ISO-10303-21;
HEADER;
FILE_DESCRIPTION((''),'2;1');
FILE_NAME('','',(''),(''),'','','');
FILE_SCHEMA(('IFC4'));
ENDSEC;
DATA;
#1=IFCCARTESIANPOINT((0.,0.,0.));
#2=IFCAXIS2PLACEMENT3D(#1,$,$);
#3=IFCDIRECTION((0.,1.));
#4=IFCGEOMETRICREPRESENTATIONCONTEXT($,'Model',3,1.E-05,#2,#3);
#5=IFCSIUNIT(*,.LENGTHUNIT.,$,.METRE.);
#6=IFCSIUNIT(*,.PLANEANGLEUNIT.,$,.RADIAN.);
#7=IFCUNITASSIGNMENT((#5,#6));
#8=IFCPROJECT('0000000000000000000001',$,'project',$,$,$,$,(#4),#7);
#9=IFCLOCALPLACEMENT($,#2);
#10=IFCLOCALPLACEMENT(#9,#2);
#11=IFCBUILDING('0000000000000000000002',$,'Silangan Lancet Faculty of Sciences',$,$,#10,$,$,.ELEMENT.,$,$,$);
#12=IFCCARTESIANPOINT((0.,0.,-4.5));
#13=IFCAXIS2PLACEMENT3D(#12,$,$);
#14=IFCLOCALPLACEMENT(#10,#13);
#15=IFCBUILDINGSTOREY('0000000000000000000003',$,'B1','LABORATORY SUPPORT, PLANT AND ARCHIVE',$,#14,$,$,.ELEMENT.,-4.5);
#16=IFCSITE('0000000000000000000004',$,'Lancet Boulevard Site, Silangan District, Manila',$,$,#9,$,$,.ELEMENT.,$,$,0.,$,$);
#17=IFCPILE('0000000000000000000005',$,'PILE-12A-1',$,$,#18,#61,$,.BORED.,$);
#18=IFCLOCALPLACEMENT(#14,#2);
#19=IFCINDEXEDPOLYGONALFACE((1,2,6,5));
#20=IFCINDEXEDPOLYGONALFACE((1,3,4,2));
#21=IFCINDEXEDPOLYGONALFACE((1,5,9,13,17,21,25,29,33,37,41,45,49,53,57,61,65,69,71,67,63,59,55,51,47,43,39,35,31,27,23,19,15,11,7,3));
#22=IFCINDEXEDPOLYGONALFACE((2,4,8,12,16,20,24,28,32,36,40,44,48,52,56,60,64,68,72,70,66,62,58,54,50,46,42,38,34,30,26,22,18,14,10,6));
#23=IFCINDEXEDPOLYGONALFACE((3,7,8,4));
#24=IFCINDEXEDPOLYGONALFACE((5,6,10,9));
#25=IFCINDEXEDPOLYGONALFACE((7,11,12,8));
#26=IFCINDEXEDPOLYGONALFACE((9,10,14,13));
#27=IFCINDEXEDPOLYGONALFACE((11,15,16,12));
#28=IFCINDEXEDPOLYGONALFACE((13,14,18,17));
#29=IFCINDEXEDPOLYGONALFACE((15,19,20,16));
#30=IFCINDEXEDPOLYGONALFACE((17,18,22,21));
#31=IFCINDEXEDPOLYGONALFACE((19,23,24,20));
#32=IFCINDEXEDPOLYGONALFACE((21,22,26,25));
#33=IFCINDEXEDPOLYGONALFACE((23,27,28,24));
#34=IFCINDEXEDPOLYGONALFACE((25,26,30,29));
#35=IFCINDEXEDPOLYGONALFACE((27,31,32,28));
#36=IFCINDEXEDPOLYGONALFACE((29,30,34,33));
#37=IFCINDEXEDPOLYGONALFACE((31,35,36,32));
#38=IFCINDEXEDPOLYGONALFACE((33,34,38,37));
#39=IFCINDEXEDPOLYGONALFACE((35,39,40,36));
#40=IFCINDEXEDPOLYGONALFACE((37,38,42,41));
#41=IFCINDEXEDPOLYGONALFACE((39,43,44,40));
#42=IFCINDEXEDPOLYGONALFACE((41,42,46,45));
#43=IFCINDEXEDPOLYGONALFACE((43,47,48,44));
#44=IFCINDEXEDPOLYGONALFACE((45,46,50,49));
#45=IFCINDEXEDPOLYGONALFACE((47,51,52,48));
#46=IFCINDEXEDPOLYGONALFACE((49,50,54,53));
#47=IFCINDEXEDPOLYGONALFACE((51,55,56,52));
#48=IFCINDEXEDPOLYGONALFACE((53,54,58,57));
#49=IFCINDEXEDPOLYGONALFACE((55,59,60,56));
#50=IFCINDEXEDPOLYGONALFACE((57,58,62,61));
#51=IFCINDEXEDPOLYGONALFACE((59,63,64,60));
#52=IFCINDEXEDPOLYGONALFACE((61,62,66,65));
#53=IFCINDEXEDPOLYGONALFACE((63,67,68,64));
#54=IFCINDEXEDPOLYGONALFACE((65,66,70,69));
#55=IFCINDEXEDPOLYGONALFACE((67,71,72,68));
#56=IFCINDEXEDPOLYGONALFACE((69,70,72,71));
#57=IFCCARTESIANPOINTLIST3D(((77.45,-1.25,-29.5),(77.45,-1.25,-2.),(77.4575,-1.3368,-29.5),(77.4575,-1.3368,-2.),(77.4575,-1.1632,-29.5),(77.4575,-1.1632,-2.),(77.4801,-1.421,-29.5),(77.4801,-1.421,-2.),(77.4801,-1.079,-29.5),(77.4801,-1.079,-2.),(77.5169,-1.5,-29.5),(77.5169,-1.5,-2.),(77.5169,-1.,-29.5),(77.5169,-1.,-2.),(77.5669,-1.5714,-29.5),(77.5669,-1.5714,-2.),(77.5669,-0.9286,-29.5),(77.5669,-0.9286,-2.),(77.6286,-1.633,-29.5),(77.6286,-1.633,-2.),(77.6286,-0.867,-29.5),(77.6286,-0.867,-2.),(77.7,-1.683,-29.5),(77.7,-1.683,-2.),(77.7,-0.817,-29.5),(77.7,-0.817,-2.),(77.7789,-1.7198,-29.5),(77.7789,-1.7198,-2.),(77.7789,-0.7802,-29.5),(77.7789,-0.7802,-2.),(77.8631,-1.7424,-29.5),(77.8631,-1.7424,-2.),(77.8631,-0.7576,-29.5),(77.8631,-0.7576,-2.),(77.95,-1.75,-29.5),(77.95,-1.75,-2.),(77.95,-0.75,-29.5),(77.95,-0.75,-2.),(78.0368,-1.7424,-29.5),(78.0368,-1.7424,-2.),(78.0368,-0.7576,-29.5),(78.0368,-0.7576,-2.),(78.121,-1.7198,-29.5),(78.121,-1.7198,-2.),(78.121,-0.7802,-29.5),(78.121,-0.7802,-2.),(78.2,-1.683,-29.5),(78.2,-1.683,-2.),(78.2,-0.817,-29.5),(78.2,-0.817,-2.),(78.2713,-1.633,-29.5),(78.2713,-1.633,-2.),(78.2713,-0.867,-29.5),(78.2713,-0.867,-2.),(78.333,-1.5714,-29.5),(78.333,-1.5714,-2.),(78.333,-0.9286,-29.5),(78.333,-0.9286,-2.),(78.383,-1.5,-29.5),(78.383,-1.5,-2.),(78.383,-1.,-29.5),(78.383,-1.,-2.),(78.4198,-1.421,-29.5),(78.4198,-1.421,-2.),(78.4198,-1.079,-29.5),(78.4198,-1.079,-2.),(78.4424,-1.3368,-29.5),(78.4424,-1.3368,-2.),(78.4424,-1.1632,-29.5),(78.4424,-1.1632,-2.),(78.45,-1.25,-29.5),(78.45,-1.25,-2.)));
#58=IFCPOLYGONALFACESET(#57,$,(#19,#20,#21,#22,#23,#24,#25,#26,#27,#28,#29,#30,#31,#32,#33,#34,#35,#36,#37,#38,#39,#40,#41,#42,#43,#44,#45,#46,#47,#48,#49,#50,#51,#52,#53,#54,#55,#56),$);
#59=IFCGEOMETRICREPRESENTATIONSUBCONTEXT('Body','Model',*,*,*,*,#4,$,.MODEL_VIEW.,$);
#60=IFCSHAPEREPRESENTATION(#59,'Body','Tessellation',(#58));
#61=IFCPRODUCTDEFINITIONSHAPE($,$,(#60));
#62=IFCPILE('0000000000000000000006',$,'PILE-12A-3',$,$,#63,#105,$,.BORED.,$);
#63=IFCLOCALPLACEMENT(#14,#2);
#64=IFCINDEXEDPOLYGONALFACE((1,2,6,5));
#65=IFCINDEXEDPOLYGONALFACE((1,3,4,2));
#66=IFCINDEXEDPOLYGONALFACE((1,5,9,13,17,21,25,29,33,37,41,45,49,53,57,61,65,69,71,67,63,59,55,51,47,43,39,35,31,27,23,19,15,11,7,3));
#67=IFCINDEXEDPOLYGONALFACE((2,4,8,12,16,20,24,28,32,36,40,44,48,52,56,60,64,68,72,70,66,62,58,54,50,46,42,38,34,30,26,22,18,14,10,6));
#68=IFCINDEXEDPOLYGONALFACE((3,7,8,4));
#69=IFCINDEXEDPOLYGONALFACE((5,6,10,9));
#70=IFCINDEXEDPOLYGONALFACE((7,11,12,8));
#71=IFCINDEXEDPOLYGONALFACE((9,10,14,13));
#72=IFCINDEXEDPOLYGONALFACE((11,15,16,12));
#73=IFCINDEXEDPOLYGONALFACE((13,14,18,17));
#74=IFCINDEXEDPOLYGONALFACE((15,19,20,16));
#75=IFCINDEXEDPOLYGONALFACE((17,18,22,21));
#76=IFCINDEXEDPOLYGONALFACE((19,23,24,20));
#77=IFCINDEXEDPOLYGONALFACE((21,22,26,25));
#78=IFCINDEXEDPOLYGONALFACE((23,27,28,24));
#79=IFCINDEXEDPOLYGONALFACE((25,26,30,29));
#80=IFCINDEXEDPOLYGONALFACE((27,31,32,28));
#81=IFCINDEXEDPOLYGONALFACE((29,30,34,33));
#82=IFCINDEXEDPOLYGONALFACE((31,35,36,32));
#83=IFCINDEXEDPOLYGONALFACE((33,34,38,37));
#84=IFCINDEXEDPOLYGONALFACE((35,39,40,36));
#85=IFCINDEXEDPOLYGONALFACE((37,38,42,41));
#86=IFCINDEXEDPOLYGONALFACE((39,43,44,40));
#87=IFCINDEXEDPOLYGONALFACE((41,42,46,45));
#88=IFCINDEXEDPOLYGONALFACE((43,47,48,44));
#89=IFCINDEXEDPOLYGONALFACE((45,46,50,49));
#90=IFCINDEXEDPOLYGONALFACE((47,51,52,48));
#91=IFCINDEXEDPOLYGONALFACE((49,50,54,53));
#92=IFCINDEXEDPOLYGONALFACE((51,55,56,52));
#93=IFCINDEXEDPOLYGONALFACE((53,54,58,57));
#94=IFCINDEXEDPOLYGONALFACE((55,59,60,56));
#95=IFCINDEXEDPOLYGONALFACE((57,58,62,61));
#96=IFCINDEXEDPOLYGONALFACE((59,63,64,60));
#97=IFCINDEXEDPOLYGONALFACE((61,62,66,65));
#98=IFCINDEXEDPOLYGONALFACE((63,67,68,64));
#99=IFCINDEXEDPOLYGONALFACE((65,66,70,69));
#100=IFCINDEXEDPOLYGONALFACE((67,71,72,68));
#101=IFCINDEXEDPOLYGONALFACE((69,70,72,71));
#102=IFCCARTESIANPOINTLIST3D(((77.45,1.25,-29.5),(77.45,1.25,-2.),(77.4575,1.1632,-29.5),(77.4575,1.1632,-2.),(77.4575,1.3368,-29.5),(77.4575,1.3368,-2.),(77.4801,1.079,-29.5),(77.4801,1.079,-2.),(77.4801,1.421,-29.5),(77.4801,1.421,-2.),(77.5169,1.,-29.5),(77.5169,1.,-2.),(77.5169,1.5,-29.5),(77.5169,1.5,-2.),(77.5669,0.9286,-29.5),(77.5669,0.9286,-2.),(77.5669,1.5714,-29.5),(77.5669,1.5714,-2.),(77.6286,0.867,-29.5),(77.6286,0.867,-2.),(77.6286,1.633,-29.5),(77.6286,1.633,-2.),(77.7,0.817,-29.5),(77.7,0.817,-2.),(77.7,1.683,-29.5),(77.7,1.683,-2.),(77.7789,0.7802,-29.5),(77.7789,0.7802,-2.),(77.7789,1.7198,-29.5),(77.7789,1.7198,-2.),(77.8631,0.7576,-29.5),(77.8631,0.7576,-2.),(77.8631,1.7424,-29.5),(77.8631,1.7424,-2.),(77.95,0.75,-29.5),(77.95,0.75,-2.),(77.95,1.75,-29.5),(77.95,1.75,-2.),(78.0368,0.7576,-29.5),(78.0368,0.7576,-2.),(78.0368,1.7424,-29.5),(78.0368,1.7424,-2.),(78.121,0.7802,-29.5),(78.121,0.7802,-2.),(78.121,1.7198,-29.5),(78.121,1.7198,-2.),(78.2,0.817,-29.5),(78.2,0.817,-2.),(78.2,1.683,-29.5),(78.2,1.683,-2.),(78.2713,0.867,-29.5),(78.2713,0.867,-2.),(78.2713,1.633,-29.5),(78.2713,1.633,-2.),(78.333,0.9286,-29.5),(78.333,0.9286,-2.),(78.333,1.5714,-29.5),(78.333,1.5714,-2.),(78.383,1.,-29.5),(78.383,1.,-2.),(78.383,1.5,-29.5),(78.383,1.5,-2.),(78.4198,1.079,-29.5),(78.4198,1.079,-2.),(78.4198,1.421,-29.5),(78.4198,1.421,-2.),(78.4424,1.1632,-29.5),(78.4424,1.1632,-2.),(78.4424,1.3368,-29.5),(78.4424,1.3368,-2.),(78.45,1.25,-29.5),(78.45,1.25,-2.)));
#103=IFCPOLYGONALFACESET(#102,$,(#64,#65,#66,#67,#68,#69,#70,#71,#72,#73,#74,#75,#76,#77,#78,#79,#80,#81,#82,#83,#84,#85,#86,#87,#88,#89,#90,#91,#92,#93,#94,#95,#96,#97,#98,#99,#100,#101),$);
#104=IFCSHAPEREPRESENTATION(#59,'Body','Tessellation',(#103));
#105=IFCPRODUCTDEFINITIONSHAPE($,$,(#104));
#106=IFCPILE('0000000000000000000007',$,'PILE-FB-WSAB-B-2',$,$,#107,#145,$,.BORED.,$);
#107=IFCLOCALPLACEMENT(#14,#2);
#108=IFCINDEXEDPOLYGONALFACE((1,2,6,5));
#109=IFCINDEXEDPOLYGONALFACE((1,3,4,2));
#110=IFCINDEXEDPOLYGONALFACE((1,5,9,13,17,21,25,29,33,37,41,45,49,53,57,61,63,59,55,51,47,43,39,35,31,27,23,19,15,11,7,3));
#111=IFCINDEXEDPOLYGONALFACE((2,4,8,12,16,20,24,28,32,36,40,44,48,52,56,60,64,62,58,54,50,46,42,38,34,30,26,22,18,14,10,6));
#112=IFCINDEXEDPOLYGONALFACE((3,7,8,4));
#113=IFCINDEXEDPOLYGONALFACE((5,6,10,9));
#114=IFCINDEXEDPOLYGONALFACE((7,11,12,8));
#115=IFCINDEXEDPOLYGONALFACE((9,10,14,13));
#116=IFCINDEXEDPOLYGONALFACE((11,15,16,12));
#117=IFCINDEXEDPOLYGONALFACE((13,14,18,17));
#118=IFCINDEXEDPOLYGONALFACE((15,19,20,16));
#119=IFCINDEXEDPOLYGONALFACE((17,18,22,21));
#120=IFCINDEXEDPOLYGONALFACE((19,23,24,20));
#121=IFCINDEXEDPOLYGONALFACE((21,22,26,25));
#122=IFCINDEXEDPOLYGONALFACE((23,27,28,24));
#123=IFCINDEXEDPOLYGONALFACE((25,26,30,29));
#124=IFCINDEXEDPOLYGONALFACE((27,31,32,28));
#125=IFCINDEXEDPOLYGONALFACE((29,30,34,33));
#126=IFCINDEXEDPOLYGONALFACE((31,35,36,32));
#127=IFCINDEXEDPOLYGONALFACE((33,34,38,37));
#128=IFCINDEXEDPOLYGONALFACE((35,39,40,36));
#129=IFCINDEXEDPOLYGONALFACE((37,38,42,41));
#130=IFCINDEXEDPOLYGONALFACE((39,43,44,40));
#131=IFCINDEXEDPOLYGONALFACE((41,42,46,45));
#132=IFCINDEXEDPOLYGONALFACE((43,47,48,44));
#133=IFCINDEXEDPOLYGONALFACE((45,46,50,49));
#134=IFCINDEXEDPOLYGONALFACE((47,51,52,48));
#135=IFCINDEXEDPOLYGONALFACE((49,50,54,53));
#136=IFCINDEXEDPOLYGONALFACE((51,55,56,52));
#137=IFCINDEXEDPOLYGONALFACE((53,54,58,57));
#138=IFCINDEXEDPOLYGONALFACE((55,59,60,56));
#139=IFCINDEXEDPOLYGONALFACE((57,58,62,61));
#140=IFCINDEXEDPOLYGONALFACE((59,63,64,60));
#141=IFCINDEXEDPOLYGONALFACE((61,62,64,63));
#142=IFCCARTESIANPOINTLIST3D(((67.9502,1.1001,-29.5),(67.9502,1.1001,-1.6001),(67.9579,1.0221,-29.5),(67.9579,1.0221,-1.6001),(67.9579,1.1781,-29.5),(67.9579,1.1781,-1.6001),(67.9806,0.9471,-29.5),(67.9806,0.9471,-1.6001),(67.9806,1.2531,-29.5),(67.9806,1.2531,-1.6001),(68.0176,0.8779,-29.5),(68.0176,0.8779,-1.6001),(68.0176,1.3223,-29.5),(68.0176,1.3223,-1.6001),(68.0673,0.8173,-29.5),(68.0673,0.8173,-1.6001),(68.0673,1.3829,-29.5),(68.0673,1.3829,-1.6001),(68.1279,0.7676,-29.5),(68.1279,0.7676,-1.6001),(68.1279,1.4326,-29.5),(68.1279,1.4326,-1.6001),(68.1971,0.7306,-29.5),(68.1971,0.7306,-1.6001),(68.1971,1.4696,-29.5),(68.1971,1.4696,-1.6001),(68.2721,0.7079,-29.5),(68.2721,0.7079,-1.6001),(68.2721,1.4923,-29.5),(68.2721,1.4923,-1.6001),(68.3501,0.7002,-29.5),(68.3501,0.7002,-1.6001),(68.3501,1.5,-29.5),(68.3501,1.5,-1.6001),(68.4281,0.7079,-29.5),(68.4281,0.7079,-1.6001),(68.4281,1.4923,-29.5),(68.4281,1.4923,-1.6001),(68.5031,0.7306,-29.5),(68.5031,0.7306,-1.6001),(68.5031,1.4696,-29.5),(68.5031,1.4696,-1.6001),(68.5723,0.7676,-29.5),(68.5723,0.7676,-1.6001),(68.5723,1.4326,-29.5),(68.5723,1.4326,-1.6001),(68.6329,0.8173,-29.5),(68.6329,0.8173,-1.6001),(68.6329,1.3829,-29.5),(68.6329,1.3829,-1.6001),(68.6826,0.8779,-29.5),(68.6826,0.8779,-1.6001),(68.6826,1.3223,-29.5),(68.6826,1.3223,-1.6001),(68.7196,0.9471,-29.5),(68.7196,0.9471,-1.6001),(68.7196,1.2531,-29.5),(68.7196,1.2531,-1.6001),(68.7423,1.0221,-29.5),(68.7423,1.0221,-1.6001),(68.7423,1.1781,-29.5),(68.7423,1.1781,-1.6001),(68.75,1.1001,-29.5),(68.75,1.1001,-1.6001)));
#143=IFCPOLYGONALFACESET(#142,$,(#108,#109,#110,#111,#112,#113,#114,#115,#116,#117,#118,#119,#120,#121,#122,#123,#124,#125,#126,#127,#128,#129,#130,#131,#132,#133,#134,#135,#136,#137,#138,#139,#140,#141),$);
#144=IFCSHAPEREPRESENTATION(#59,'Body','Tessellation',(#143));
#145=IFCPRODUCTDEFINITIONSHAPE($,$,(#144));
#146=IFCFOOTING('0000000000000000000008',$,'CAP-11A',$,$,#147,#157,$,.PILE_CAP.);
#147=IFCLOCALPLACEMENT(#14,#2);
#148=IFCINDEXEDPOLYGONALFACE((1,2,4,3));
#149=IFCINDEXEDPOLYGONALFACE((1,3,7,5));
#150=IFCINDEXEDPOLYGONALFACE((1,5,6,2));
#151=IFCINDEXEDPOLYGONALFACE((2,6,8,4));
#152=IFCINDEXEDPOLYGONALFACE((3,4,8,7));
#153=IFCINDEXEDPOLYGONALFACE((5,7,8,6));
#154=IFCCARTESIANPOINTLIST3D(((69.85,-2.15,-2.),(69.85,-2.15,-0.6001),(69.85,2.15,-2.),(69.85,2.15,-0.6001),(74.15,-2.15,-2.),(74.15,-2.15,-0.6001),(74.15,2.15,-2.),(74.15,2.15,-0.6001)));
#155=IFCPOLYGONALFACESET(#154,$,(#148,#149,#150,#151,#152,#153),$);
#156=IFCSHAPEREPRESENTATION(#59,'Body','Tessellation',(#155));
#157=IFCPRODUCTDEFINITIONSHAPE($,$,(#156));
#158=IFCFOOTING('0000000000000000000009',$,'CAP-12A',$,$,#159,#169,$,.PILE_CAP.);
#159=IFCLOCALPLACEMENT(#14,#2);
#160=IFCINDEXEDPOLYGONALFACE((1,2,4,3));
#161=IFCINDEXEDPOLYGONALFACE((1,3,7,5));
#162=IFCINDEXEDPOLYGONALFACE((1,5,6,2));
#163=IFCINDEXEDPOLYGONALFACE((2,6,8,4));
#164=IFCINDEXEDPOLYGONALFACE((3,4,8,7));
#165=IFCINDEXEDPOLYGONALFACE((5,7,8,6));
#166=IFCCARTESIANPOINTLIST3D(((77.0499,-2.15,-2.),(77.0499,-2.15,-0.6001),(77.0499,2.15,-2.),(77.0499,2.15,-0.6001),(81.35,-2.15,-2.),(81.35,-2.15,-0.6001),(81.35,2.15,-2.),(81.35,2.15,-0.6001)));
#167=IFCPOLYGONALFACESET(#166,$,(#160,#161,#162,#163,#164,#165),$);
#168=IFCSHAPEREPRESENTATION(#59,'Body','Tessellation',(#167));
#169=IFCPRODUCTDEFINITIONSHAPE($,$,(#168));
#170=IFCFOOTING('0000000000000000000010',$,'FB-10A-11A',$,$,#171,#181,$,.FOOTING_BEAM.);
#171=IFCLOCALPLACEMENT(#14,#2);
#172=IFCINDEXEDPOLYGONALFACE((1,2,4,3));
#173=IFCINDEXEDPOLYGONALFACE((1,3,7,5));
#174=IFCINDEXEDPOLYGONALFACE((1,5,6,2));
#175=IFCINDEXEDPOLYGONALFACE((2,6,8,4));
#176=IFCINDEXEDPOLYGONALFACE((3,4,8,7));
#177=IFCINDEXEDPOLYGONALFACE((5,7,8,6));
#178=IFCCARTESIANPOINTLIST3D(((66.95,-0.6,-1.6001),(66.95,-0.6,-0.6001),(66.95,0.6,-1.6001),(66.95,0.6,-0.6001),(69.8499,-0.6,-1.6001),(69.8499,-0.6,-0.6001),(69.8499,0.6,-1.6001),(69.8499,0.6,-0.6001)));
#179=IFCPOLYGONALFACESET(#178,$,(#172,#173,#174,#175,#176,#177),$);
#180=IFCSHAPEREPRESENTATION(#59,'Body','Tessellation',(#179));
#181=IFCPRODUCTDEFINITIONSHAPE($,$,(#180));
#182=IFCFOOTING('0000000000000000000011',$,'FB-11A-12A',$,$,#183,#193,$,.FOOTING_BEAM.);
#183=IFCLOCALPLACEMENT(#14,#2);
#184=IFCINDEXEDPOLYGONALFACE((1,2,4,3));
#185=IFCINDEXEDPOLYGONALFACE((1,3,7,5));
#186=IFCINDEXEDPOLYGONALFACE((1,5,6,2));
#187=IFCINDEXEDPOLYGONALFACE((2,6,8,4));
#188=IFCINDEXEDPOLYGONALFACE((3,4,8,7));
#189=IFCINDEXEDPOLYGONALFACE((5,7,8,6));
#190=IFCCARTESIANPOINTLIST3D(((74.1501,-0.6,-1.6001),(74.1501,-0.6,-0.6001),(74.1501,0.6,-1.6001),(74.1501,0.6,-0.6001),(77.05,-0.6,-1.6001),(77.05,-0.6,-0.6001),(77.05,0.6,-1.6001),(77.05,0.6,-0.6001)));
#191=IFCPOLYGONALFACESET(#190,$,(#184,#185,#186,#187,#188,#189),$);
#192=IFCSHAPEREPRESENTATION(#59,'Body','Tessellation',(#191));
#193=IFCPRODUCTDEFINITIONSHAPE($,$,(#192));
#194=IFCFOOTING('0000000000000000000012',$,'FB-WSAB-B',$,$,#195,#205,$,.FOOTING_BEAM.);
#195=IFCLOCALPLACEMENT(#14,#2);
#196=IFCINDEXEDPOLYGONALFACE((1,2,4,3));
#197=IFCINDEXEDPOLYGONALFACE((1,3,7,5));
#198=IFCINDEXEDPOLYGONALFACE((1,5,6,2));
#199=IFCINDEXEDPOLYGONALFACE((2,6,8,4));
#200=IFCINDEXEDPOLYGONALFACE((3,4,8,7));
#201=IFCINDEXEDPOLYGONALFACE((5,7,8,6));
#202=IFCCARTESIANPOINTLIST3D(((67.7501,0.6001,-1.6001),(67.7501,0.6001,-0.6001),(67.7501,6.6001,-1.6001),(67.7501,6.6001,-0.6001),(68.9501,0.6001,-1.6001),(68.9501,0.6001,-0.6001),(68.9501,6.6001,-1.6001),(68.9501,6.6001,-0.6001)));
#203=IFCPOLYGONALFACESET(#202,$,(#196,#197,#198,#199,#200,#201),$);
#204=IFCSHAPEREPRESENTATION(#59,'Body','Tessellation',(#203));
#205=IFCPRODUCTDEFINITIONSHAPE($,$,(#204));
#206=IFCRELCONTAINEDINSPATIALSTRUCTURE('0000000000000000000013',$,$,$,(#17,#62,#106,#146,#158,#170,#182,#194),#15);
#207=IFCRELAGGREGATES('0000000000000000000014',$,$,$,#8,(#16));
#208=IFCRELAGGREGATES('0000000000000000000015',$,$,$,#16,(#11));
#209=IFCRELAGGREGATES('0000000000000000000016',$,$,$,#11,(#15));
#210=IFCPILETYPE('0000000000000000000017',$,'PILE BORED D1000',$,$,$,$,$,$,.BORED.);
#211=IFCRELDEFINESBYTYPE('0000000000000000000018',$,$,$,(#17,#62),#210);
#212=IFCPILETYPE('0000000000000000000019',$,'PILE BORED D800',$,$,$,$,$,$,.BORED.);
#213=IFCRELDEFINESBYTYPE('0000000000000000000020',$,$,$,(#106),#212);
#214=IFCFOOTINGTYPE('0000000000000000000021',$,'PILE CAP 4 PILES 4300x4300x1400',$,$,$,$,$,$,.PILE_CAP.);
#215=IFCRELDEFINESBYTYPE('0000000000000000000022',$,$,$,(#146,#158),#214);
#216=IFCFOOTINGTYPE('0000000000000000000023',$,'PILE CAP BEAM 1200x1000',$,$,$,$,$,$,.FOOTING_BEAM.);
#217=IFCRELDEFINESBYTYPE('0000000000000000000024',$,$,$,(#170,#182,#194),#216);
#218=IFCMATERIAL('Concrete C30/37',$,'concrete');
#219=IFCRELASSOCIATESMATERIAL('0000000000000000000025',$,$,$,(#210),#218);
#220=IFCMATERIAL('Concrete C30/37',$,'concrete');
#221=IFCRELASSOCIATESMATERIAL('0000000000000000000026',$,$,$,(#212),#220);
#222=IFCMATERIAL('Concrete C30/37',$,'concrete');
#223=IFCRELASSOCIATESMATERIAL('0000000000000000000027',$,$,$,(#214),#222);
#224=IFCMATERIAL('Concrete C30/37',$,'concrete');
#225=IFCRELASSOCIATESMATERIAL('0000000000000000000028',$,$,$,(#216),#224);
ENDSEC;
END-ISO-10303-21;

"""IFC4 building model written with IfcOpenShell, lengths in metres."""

from ifc_helpers import new_model, si_unit, direction, frame, origin, origin_2d, place, context, subcontext, project, spatial, rectangle, circle, extrude, material, material_profile, profile_set, type_object, element, save


model = new_model("IFC4")

# Units and contexts
model_context = context("Model", 3, precision=1e-05, world=origin(), true_north=direction((0.0, 1.0)))
body_context = subcontext(model_context, "Body", "Model", "MODEL_VIEW")
ifc_project = project(units=[si_unit("LENGTHUNIT", "METRE"), si_unit("PLANEANGLEUNIT", "RADIAN")], contexts=[model_context])

# Site, building, storey
site_placement = place(None, origin())
site = spatial("IfcSite", under=ifc_project, at=site_placement, Name="Lancet Boulevard Site, Silangan District, Manila", CompositionType="ELEMENT", RefElevation=0.0)
building_placement = place(site_placement, origin())
building = spatial("IfcBuilding", under=site, at=building_placement, Name="Silangan Lancet Faculty of Sciences", CompositionType="ELEMENT")
storey_placement = place(building_placement, frame((0.0, 0.0, -4.5)))
storey = spatial("IfcBuildingStorey", under=building, at=storey_placement, Name="B1", Description="LABORATORY SUPPORT, PLANT AND ARCHIVE", CompositionType="ELEMENT", Elevation=-4.5)

# Piles
ifc_material_1 = material(Name="Concrete C30/37", Category="concrete")
ifc_material_profile_1 = material_profile(ifc_material_1, circle(Radius=0.5, at=origin_2d()), Name="BORED PILE D1000")
ifc_profile_set_1 = profile_set([ifc_material_profile_1], Name="Concrete C30/37")
pile_type_1 = type_object("IfcPileType", Name="PILE BORED D1000", PredefinedType="BORED", material=ifc_profile_set_1)
for number, where, z_axis, x_axis, name in (
    (1, (77.95, -1.25, -2.0), (0.0, 0.0, -1.0), (1.0, 0.0, 0.0), "PILE-12A-1"),
    (2, (77.95, 1.25, -2.0), (0.0, 0.0, -1.0), (1.0, 0.0, 0.0), "PILE-12A-3"),
):
    element("IfcPile", number, at=place(storey_placement, frame(where, z_axis=z_axis, x_axis=x_axis)), inside=storey, type_object=pile_type_1, Name=name, PredefinedType="BORED", context=body_context, shape_type="SweptSolid", body=[
        extrude(circle(Radius=0.5, at=origin_2d()), origin(), (0.0, 0.0, 1.0), 27.5),
    ])
ifc_material_2 = material(Name="Concrete C30/37", Category="concrete")
ifc_material_profile_2 = material_profile(ifc_material_2, circle(Radius=0.3999, at=origin_2d()), Name="BORED PILE D800")
ifc_profile_set_2 = profile_set([ifc_material_profile_2], Name="Concrete C30/37")
pile_type_2 = type_object("IfcPileType", Name="PILE BORED D800", PredefinedType="BORED", material=ifc_profile_set_2)
pile_placement = place(storey_placement, frame((68.3501, 1.1001, -1.6001), z_axis=(0.0, 0.0, -1.0), x_axis=(1.0, 0.0, 0.0)))
element("IfcPile", 3, at=pile_placement, inside=storey, type_object=pile_type_2, Name="PILE-FB-WSAB-B-2", PredefinedType="BORED", context=body_context, shape_type="SweptSolid", body=[
    extrude(circle(Radius=0.3999, at=origin_2d()), origin(), (0.0, 0.0, 1.0), 27.8999),
])

# Footings
ifc_material_3 = material(Name="Concrete C30/37", Category="concrete")
footing_type_1 = type_object("IfcFootingType", Name="PILE CAP 4 PILES 4300x4300x1400", PredefinedType="PILE_CAP", material=ifc_material_3)
for number, where, z_axis, x_axis, name in (
    (4, (72.0, 0.0, -2.0), (0.0, 0.0, 1.0), (1.0, 0.0, 0.0), "CAP-11A"),
    (5, (79.2, 0.0, -2.0), (0.0, 0.0, 1.0), (1.0, 0.0, 0.0), "CAP-12A"),
):
    element("IfcFooting", number, at=place(storey_placement, frame(where, z_axis=z_axis, x_axis=x_axis)), inside=storey, type_object=footing_type_1, Name=name, PredefinedType="PILE_CAP", context=body_context, shape_type="SweptSolid", body=[
        extrude(rectangle(XDim=4.3, YDim=4.3, at=origin_2d()), origin(), (0.0, 0.0, 1.0), 1.3999),
    ])
ifc_material_4 = material(Name="Concrete C30/37", Category="concrete")
footing_type_2 = type_object("IfcFootingType", Name="PILE CAP BEAM 1200x1000", PredefinedType="FOOTING_BEAM", material=ifc_material_4)
for number, where, z_axis, x_axis, name in (
    (6, (68.3999, 0.0, -1.6001), (0.0, 0.0, 1.0), (1.0, 0.0, 0.0), "FB-10A-11A"),
    (7, (75.6001, 0.0, -1.6001), (0.0, 0.0, 1.0), (1.0, 0.0, 0.0), "FB-11A-12A"),
):
    element("IfcFooting", number, at=place(storey_placement, frame(where, z_axis=z_axis, x_axis=x_axis)), inside=storey, type_object=footing_type_2, Name=name, PredefinedType="FOOTING_BEAM", context=body_context, shape_type="SweptSolid", body=[
        extrude(rectangle(XDim=2.8999, YDim=1.2, at=origin_2d()), origin(), (0.0, 0.0, 1.0), 1.0),
    ])
footing_placement = place(storey_placement, frame((68.3501, 3.6001, -1.6001), z_axis=(0.0, 0.0, 1.0), x_axis=(0.0, 1.0, 0.0)))
element("IfcFooting", 8, at=footing_placement, inside=storey, type_object=footing_type_2, Name="FB-WSAB-B", PredefinedType="FOOTING_BEAM", context=body_context, shape_type="SweptSolid", body=[
    extrude(rectangle(XDim=6.0, YDim=1.2, at=origin_2d()), origin(), (0.0, 0.0, 1.0), 1.0),
])

save(model, "model.ifc")
